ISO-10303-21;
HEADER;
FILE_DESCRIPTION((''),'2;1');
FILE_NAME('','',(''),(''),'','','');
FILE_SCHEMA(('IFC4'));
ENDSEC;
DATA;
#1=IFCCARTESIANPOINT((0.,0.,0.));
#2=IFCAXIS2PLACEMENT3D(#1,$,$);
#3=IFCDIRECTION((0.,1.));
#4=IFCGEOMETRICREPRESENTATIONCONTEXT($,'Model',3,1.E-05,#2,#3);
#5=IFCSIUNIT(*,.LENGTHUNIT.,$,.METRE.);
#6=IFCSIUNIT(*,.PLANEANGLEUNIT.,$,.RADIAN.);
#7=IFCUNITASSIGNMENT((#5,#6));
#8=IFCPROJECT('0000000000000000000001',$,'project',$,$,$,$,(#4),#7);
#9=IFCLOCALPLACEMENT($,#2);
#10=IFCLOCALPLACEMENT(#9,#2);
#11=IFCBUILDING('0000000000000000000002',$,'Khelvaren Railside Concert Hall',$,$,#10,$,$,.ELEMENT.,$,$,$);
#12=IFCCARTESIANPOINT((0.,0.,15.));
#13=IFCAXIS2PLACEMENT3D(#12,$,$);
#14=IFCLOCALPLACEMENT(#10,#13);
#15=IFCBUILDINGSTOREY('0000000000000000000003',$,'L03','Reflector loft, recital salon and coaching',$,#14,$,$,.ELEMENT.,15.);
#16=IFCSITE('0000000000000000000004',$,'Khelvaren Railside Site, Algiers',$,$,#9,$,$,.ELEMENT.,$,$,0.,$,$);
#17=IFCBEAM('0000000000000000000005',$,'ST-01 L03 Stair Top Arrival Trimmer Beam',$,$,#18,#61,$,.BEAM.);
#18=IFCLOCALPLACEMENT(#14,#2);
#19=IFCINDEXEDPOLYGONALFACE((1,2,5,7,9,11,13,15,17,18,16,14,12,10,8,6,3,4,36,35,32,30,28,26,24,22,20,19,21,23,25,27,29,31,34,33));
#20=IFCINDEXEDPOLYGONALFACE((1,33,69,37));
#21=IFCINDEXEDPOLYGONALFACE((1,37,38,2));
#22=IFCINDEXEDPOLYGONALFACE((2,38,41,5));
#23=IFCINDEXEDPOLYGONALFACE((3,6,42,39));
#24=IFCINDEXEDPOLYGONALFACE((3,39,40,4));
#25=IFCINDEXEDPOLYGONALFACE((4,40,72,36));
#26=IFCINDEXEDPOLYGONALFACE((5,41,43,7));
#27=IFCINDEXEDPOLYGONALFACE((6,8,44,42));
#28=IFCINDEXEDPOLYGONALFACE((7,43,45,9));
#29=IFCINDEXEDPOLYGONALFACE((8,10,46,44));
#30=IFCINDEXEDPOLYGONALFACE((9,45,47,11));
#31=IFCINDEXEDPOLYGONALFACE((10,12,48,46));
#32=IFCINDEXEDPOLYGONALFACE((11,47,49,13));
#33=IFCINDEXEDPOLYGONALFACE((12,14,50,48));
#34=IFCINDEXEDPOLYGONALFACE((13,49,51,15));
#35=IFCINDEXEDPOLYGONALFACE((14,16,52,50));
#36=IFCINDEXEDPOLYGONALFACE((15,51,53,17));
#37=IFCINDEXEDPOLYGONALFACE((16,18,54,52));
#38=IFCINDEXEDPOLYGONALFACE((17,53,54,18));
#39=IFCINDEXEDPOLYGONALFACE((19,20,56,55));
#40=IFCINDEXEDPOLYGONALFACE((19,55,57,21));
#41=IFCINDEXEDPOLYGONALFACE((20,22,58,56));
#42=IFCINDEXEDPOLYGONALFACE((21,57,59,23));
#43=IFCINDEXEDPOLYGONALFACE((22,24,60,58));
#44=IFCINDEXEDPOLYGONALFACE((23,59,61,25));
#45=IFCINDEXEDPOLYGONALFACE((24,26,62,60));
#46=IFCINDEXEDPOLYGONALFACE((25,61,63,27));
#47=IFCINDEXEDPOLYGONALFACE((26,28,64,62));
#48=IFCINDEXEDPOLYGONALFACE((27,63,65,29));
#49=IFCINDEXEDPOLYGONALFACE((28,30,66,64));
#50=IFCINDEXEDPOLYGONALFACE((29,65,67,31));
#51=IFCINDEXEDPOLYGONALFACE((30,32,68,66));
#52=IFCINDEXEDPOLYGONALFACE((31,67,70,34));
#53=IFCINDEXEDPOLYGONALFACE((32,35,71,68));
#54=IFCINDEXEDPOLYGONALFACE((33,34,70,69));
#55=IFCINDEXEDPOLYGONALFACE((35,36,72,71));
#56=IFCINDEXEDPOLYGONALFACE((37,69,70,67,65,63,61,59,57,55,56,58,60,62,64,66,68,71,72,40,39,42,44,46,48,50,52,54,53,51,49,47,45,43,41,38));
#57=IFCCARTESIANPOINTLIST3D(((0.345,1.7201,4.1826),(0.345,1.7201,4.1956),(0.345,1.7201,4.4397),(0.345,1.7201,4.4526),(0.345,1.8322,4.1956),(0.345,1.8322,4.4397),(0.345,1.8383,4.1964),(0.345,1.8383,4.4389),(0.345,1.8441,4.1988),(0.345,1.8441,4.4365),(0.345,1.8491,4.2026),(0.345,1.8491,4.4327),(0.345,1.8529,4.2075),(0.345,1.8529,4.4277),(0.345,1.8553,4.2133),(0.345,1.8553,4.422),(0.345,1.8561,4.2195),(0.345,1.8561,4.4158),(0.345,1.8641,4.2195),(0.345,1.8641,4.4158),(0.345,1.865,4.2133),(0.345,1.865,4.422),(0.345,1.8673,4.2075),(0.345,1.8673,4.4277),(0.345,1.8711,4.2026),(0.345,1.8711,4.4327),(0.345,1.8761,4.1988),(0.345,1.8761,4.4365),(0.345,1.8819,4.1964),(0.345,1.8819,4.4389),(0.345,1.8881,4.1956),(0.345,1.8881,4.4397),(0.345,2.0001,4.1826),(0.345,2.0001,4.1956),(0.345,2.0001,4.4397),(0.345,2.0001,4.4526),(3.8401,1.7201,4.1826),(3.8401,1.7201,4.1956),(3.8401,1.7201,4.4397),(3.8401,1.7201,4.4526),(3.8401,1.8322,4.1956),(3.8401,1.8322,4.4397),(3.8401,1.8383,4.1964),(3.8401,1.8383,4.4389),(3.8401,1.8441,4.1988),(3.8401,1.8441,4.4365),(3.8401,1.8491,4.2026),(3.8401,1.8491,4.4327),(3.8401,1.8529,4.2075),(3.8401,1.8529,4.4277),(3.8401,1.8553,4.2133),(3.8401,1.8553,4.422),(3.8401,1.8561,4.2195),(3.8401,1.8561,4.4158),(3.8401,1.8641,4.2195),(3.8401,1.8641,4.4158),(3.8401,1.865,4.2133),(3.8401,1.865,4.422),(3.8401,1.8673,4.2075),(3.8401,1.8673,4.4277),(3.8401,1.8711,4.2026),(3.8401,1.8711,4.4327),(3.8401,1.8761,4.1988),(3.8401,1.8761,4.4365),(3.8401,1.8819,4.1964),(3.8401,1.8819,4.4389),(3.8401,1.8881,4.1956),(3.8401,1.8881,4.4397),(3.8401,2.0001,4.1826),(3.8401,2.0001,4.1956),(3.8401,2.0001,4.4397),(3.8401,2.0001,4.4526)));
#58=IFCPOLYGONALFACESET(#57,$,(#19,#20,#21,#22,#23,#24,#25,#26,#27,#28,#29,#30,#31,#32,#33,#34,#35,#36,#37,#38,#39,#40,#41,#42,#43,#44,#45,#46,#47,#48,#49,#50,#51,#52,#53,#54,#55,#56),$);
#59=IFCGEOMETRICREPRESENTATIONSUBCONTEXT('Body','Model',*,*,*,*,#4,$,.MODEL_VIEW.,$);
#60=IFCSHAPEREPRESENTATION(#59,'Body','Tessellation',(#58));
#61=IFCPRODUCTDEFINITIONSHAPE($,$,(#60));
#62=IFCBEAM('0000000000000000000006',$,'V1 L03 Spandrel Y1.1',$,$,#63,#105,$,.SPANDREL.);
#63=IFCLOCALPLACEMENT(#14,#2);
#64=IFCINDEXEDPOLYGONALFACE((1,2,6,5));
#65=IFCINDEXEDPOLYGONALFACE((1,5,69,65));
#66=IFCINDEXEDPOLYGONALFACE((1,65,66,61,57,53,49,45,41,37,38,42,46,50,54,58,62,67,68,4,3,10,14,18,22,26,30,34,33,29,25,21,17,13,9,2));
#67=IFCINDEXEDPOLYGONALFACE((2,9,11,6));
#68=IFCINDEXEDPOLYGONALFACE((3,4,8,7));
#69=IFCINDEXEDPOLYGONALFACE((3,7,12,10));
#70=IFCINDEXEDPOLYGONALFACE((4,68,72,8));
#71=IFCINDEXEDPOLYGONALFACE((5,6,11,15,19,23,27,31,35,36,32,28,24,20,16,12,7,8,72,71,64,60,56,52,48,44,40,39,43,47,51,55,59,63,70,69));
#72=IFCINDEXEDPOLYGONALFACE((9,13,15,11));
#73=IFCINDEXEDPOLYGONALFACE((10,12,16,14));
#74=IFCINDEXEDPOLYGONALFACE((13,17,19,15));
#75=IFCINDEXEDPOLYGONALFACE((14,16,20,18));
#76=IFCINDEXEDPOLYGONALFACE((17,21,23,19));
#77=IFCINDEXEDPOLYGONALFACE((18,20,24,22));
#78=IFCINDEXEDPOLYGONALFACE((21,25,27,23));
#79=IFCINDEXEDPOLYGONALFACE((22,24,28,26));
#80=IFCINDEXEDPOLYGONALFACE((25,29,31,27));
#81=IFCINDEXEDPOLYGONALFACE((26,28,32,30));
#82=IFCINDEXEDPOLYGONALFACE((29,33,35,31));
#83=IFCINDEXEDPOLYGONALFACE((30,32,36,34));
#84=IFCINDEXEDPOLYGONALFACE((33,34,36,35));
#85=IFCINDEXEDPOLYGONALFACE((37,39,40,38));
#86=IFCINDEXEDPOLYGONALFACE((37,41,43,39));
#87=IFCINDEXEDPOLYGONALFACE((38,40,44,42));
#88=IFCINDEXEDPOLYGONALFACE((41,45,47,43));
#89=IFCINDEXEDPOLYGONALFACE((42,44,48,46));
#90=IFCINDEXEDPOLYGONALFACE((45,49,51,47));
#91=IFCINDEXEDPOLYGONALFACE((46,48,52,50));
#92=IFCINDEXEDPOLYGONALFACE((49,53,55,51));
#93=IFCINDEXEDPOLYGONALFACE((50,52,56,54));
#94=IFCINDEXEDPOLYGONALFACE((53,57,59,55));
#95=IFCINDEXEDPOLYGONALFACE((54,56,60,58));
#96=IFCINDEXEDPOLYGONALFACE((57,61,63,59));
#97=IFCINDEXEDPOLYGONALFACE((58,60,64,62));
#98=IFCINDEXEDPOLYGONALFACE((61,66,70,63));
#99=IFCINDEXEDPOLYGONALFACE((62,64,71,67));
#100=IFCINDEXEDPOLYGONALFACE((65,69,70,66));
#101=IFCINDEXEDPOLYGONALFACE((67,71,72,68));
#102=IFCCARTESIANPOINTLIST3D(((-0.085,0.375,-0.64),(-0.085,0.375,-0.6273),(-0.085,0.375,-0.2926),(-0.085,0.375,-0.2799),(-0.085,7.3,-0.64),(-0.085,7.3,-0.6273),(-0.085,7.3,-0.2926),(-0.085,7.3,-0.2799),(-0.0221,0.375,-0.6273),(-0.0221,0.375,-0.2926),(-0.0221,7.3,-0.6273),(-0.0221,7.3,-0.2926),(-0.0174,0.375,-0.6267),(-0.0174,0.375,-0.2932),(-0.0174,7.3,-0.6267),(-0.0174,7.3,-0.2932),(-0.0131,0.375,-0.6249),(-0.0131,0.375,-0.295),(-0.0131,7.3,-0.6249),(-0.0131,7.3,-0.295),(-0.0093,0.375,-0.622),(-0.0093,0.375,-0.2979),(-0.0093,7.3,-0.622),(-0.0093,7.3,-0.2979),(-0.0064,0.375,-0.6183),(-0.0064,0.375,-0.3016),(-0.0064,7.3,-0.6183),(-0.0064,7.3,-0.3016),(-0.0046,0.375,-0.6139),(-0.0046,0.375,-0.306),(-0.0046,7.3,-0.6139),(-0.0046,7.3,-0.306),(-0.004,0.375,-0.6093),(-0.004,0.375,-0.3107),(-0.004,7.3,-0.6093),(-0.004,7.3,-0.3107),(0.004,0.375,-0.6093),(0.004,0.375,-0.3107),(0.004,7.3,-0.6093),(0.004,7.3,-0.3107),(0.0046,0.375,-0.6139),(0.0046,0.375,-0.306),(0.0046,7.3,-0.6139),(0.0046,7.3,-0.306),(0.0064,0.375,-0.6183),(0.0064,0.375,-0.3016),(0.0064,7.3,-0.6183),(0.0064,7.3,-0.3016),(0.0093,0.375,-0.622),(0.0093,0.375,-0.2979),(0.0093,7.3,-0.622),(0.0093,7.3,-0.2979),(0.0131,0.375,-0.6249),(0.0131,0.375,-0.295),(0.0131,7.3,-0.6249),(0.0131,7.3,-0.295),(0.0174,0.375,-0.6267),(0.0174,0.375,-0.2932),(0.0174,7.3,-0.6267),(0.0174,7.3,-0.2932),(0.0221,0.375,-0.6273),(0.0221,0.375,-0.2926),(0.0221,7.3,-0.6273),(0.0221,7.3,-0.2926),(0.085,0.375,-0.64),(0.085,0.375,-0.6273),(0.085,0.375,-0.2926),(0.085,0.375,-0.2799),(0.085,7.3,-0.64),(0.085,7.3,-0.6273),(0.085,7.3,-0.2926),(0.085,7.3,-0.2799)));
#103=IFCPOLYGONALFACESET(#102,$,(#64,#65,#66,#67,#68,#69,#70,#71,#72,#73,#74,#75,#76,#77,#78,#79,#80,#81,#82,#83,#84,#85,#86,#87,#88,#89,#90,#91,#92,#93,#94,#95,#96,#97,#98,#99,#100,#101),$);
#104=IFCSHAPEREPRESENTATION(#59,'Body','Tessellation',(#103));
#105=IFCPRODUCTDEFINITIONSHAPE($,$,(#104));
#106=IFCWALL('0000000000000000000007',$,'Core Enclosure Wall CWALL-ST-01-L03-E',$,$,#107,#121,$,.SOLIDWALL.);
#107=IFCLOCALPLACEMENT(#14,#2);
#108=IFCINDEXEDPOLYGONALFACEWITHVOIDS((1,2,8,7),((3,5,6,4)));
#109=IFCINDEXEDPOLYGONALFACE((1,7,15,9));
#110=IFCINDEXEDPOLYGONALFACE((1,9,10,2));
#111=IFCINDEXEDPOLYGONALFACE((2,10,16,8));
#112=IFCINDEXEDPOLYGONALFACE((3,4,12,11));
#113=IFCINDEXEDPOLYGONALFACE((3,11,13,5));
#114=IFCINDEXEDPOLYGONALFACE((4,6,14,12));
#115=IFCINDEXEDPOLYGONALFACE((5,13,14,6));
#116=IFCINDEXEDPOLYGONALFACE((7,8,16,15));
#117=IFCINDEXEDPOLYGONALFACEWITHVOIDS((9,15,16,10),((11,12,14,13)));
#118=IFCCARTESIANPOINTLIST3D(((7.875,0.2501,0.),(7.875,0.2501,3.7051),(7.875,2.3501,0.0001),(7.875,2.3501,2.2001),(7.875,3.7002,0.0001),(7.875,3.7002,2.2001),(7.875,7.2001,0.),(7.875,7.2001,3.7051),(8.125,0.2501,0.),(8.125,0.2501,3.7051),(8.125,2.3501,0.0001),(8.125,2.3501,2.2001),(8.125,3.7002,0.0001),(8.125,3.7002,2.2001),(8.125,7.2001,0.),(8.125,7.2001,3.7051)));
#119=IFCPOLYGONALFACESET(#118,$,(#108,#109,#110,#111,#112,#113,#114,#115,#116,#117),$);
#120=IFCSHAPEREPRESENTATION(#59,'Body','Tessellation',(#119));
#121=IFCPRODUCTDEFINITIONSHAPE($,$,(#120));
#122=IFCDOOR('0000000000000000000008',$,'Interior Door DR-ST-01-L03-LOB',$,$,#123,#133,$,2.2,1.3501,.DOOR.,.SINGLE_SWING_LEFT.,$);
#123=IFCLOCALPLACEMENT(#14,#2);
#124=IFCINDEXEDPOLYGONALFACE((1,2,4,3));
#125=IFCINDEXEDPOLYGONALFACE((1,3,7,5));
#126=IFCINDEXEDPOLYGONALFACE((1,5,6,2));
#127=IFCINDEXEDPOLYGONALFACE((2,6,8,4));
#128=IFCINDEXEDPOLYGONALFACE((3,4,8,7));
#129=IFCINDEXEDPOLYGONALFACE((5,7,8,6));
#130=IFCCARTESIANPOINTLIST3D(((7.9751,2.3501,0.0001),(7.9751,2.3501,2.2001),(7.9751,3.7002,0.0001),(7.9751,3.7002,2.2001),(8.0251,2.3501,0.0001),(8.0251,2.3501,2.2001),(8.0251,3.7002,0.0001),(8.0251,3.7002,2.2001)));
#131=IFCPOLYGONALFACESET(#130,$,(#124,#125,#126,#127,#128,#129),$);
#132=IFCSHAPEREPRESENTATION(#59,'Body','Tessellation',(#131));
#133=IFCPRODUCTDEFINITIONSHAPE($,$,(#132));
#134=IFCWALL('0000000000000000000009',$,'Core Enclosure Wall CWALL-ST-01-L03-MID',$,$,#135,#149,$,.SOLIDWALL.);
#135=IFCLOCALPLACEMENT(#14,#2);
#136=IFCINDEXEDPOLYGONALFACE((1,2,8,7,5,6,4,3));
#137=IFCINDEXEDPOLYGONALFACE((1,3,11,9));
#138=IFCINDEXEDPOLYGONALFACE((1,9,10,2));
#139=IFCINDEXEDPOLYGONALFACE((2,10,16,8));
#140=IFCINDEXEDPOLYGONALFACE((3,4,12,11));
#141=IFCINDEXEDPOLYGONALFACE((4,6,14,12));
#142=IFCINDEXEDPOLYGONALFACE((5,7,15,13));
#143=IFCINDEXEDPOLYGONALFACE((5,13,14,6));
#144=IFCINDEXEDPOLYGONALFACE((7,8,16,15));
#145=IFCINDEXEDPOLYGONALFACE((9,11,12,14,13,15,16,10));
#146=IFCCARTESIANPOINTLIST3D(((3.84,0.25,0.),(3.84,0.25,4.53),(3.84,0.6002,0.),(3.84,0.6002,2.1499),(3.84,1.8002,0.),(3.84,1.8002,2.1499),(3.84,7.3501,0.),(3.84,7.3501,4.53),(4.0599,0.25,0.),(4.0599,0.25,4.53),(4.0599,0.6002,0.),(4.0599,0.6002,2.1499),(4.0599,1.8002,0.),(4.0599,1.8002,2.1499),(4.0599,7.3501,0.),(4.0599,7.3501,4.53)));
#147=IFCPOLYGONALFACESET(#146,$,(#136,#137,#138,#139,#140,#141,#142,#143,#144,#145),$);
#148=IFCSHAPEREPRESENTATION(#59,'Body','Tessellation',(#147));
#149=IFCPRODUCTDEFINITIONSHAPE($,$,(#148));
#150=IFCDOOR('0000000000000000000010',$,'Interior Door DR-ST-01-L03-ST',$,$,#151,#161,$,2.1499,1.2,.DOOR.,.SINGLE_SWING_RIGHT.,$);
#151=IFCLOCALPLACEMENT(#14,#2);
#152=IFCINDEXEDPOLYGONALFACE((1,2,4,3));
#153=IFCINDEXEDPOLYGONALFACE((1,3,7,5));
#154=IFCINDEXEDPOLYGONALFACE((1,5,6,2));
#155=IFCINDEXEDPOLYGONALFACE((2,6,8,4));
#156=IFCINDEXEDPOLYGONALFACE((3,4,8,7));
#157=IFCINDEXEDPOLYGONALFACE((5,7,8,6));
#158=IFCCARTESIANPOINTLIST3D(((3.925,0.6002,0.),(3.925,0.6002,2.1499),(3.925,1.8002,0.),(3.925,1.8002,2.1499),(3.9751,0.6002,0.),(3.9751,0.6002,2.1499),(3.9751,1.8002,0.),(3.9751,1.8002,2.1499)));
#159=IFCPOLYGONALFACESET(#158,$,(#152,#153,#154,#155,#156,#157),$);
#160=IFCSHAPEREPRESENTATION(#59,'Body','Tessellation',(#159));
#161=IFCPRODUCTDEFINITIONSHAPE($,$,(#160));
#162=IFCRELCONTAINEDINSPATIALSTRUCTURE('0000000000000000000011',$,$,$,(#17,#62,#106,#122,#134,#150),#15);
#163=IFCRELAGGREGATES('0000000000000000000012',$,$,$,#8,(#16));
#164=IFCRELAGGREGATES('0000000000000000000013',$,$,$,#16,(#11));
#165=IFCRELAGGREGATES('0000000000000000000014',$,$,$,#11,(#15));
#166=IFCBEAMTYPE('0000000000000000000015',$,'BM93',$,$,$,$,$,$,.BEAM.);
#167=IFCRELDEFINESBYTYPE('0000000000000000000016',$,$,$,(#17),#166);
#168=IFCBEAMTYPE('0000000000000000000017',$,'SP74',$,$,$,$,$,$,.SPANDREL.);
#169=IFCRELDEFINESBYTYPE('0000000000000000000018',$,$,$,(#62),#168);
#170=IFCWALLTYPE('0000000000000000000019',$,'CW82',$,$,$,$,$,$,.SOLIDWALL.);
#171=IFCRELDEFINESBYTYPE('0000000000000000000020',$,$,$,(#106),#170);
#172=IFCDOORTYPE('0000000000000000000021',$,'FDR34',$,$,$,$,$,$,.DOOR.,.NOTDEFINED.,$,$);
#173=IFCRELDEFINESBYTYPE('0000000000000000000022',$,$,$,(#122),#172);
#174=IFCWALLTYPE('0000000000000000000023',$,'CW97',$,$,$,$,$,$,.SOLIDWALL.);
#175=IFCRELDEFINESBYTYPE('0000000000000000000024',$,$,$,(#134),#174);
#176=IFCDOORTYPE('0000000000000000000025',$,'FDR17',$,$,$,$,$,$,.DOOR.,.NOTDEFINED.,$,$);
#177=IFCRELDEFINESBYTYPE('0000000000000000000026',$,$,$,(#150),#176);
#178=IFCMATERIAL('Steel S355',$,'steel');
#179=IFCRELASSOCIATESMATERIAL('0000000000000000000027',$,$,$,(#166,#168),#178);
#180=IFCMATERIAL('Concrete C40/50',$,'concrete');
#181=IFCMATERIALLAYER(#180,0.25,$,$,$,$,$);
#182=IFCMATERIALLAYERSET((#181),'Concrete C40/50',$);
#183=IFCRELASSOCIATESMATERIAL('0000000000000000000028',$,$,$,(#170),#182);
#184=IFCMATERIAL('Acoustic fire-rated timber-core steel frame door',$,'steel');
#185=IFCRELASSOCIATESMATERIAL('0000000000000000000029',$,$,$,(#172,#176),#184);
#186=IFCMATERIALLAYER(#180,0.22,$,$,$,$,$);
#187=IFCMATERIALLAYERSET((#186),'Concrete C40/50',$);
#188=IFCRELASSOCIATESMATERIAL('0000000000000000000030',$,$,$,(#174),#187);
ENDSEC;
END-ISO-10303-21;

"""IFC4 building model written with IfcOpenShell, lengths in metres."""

from ifc_helpers import new_model, si_unit, direction, frame, frame_2d, origin, origin_2d, place, context, subcontext, project, spatial, rectangle, i_section, extrude, material, layer, layer_set, material_profile, profile_set, type_object, element, fill, save


model = new_model("IFC4")

# Units and contexts
model_context = context("Model", 3, precision=1e-05, world=origin(), true_north=direction((0.0, 1.0)))
body_context = subcontext(model_context, "Body", "Model", "MODEL_VIEW")
ifc_project = project(units=[si_unit("LENGTHUNIT", "METRE"), si_unit("PLANEANGLEUNIT", "RADIAN")], contexts=[model_context])

# Site, building, storey
site_placement = place(None, origin())
site = spatial("IfcSite", under=ifc_project, at=site_placement, Name="Khelvaren Railside Site, Algiers", CompositionType="ELEMENT", RefElevation=0.0)
building_placement = place(site_placement, origin())
building = spatial("IfcBuilding", under=site, at=building_placement, Name="Khelvaren Railside Concert Hall", CompositionType="ELEMENT")
storey_placement = place(building_placement, frame((0.0, 0.0, 15.0)))
storey = spatial("IfcBuildingStorey", under=building, at=storey_placement, Name="L03", Description="Reflector loft, recital salon and coaching", CompositionType="ELEMENT", Elevation=15.0)

# Beams
ifc_material_1 = material(Name="Steel S355", Category="steel")
ifc_material_profile_1 = material_profile(ifc_material_1, i_section(OverallWidth=0.28, OverallDepth=0.27, WebThickness=0.0081, FlangeThickness=0.0129, FilletRadius=0.0239, at=origin_2d()), Name="HEA 280")
ifc_profile_set_1 = profile_set([ifc_material_profile_1], Name="Steel S355")
beam_type_1 = type_object("IfcBeamType", Name="BM93", PredefinedType="BEAM", material=ifc_profile_set_1)
beam_1_placement = place(storey_placement, frame((0.345, 1.8601, 4.3176), z_axis=(1.0, 0.0, 0.0), x_axis=(0.0, 1.0, 0.0)))
element("IfcBeam", 1, at=beam_1_placement, inside=storey, type_object=beam_type_1, Name="ST-01 L03 Stair Top Arrival Trimmer Beam", PredefinedType="BEAM", context=body_context, shape_type="SweptSolid", body=[
    extrude(i_section(OverallWidth=0.28, OverallDepth=0.27, WebThickness=0.0081, FlangeThickness=0.0129, FilletRadius=0.0239, at=origin_2d()), origin(), (0.0, 0.0, 1.0), 3.4951),
])
ifc_material_profile_2 = material_profile(ifc_material_1, i_section(OverallWidth=0.1699, OverallDepth=0.3601, WebThickness=0.0081, FlangeThickness=0.0127, FilletRadius=0.0181, at=origin_2d()), Name="IPE 360")
ifc_profile_set_2 = profile_set([ifc_material_profile_2], Name="Steel S355")
beam_type_2 = type_object("IfcBeamType", Name="SP74", PredefinedType="SPANDREL", material=ifc_profile_set_2)
beam_2_placement = place(storey_placement, frame((0.0, 0.375, -0.46), z_axis=(0.0, 1.0, 0.0), x_axis=(-1.0, 0.0, 0.0)))
element("IfcBeam", 2, at=beam_2_placement, inside=storey, type_object=beam_type_2, Name="V1 L03 Spandrel Y1.1", PredefinedType="SPANDREL", context=body_context, shape_type="SweptSolid", body=[
    extrude(i_section(OverallWidth=0.1699, OverallDepth=0.3601, WebThickness=0.0081, FlangeThickness=0.0127, FilletRadius=0.0181, at=origin_2d()), origin(), (0.0, 0.0, 1.0), 6.925),
])

# Walls, openings, doors
ifc_material_2 = material(Name="Concrete C40/50", Category="concrete")
ifc_layer_1 = layer(ifc_material_2, 0.25)
ifc_layer_set_1 = layer_set([ifc_layer_1], Name="Concrete C40/50")
wall_type_1 = type_object("IfcWallType", Name="CW82", PredefinedType="SOLIDWALL", material=ifc_layer_set_1)
wall_1_placement = place(storey_placement, frame((8.0, 0.25, 0.0), z_axis=(0.0, 0.0, 1.0), x_axis=(0.0, 1.0, 0.0)))
wall_1 = element("IfcWall", 3, at=wall_1_placement, inside=storey, type_object=wall_type_1, Name="Core Enclosure Wall CWALL-ST-01-L03-E", PredefinedType="SOLIDWALL", context=body_context, shape_type="SweptSolid", body=[
    extrude(rectangle(XDim=6.95, YDim=0.25, at=frame_2d((3.4751, 0.0))), origin(), (0.0, 0.0, 1.0), 3.7051),
])
opening_1_placement = place(wall_1_placement, frame((2.1001, 0.0, 0.0)))
opening_1 = element("IfcOpeningElement", 4, at=opening_1_placement, cuts=wall_1, PredefinedType="OPENING", context=body_context, shape_type="SweptSolid", body=[
    extrude(rectangle(XDim=1.3501, YDim=2.2, at=frame_2d((0.675, 1.1001))), frame((0.0, 0.135, 0.0), z_axis=(0.0, -1.0, 0.0), x_axis=(1.0, 0.0, 0.0)), (0.0, 0.0, 1.0), 0.27),
])
ifc_material_3 = material(Name="Acoustic fire-rated timber-core steel frame door", Category="steel")
door_type_1 = type_object("IfcDoorType", Name="FDR34", OperationType="NOTDEFINED", PredefinedType="DOOR", material=ifc_material_3)
door_1_placement = place(opening_1_placement, origin())
door_1 = element("IfcDoor", 5, at=door_1_placement, inside=storey, type_object=door_type_1, Name="Interior Door DR-ST-01-L03-LOB", OperationType="SINGLE_SWING_LEFT", OverallHeight=2.2, OverallWidth=1.3501, PredefinedType="DOOR", context=body_context, shape_type="SweptSolid", body=[
    extrude(rectangle(XDim=1.3501, YDim=2.2, at=frame_2d((0.675, 1.1001))), frame((0.0, 0.0249, 0.0), z_axis=(0.0, -1.0, 0.0), x_axis=(1.0, 0.0, 0.0)), (0.0, 0.0, 1.0), 0.05),
])
fill(opening_1, door_1)
ifc_layer_2 = layer(ifc_material_2, 0.22)
ifc_layer_set_2 = layer_set([ifc_layer_2], Name="Concrete C40/50")
wall_type_2 = type_object("IfcWallType", Name="CW97", PredefinedType="SOLIDWALL", material=ifc_layer_set_2)
wall_2_placement = place(storey_placement, frame((3.95, 0.25, 0.0), z_axis=(0.0, 0.0, 1.0), x_axis=(0.0, 1.0, 0.0)))
wall_2 = element("IfcWall", 6, at=wall_2_placement, inside=storey, type_object=wall_type_2, Name="Core Enclosure Wall CWALL-ST-01-L03-MID", PredefinedType="SOLIDWALL", context=body_context, shape_type="SweptSolid", body=[
    extrude(rectangle(XDim=7.1001, YDim=0.22, at=frame_2d((3.55, 0.0))), origin(), (0.0, 0.0, 1.0), 4.53),
])
opening_2_placement = place(wall_2_placement, frame((0.3501, 0.0, 0.0)))
opening_2 = element("IfcOpeningElement", 7, at=opening_2_placement, cuts=wall_2, PredefinedType="OPENING", context=body_context, shape_type="SweptSolid", body=[
    extrude(rectangle(XDim=1.2, YDim=2.1499, at=frame_2d((0.6001, 1.075))), frame((0.0, 0.1199, 0.0), z_axis=(0.0, -1.0, 0.0), x_axis=(1.0, 0.0, 0.0)), (0.0, 0.0, 1.0), 0.24),
])
door_type_2 = type_object("IfcDoorType", Name="FDR17", OperationType="NOTDEFINED", PredefinedType="DOOR", material=ifc_material_3)
door_2_placement = place(opening_2_placement, origin())
door_2 = element("IfcDoor", 8, at=door_2_placement, inside=storey, type_object=door_type_2, Name="Interior Door DR-ST-01-L03-ST", OperationType="SINGLE_SWING_RIGHT", OverallHeight=2.1499, OverallWidth=1.2, PredefinedType="DOOR", context=body_context, shape_type="SweptSolid", body=[
    extrude(rectangle(XDim=1.2, YDim=2.1499, at=frame_2d((0.6001, 1.075))), frame((0.0, 0.0249, 0.0), z_axis=(0.0, -1.0, 0.0), x_axis=(1.0, 0.0, 0.0)), (0.0, 0.0, 1.0), 0.05),
])
fill(opening_2, door_2)

save(model, "model.ifc")
